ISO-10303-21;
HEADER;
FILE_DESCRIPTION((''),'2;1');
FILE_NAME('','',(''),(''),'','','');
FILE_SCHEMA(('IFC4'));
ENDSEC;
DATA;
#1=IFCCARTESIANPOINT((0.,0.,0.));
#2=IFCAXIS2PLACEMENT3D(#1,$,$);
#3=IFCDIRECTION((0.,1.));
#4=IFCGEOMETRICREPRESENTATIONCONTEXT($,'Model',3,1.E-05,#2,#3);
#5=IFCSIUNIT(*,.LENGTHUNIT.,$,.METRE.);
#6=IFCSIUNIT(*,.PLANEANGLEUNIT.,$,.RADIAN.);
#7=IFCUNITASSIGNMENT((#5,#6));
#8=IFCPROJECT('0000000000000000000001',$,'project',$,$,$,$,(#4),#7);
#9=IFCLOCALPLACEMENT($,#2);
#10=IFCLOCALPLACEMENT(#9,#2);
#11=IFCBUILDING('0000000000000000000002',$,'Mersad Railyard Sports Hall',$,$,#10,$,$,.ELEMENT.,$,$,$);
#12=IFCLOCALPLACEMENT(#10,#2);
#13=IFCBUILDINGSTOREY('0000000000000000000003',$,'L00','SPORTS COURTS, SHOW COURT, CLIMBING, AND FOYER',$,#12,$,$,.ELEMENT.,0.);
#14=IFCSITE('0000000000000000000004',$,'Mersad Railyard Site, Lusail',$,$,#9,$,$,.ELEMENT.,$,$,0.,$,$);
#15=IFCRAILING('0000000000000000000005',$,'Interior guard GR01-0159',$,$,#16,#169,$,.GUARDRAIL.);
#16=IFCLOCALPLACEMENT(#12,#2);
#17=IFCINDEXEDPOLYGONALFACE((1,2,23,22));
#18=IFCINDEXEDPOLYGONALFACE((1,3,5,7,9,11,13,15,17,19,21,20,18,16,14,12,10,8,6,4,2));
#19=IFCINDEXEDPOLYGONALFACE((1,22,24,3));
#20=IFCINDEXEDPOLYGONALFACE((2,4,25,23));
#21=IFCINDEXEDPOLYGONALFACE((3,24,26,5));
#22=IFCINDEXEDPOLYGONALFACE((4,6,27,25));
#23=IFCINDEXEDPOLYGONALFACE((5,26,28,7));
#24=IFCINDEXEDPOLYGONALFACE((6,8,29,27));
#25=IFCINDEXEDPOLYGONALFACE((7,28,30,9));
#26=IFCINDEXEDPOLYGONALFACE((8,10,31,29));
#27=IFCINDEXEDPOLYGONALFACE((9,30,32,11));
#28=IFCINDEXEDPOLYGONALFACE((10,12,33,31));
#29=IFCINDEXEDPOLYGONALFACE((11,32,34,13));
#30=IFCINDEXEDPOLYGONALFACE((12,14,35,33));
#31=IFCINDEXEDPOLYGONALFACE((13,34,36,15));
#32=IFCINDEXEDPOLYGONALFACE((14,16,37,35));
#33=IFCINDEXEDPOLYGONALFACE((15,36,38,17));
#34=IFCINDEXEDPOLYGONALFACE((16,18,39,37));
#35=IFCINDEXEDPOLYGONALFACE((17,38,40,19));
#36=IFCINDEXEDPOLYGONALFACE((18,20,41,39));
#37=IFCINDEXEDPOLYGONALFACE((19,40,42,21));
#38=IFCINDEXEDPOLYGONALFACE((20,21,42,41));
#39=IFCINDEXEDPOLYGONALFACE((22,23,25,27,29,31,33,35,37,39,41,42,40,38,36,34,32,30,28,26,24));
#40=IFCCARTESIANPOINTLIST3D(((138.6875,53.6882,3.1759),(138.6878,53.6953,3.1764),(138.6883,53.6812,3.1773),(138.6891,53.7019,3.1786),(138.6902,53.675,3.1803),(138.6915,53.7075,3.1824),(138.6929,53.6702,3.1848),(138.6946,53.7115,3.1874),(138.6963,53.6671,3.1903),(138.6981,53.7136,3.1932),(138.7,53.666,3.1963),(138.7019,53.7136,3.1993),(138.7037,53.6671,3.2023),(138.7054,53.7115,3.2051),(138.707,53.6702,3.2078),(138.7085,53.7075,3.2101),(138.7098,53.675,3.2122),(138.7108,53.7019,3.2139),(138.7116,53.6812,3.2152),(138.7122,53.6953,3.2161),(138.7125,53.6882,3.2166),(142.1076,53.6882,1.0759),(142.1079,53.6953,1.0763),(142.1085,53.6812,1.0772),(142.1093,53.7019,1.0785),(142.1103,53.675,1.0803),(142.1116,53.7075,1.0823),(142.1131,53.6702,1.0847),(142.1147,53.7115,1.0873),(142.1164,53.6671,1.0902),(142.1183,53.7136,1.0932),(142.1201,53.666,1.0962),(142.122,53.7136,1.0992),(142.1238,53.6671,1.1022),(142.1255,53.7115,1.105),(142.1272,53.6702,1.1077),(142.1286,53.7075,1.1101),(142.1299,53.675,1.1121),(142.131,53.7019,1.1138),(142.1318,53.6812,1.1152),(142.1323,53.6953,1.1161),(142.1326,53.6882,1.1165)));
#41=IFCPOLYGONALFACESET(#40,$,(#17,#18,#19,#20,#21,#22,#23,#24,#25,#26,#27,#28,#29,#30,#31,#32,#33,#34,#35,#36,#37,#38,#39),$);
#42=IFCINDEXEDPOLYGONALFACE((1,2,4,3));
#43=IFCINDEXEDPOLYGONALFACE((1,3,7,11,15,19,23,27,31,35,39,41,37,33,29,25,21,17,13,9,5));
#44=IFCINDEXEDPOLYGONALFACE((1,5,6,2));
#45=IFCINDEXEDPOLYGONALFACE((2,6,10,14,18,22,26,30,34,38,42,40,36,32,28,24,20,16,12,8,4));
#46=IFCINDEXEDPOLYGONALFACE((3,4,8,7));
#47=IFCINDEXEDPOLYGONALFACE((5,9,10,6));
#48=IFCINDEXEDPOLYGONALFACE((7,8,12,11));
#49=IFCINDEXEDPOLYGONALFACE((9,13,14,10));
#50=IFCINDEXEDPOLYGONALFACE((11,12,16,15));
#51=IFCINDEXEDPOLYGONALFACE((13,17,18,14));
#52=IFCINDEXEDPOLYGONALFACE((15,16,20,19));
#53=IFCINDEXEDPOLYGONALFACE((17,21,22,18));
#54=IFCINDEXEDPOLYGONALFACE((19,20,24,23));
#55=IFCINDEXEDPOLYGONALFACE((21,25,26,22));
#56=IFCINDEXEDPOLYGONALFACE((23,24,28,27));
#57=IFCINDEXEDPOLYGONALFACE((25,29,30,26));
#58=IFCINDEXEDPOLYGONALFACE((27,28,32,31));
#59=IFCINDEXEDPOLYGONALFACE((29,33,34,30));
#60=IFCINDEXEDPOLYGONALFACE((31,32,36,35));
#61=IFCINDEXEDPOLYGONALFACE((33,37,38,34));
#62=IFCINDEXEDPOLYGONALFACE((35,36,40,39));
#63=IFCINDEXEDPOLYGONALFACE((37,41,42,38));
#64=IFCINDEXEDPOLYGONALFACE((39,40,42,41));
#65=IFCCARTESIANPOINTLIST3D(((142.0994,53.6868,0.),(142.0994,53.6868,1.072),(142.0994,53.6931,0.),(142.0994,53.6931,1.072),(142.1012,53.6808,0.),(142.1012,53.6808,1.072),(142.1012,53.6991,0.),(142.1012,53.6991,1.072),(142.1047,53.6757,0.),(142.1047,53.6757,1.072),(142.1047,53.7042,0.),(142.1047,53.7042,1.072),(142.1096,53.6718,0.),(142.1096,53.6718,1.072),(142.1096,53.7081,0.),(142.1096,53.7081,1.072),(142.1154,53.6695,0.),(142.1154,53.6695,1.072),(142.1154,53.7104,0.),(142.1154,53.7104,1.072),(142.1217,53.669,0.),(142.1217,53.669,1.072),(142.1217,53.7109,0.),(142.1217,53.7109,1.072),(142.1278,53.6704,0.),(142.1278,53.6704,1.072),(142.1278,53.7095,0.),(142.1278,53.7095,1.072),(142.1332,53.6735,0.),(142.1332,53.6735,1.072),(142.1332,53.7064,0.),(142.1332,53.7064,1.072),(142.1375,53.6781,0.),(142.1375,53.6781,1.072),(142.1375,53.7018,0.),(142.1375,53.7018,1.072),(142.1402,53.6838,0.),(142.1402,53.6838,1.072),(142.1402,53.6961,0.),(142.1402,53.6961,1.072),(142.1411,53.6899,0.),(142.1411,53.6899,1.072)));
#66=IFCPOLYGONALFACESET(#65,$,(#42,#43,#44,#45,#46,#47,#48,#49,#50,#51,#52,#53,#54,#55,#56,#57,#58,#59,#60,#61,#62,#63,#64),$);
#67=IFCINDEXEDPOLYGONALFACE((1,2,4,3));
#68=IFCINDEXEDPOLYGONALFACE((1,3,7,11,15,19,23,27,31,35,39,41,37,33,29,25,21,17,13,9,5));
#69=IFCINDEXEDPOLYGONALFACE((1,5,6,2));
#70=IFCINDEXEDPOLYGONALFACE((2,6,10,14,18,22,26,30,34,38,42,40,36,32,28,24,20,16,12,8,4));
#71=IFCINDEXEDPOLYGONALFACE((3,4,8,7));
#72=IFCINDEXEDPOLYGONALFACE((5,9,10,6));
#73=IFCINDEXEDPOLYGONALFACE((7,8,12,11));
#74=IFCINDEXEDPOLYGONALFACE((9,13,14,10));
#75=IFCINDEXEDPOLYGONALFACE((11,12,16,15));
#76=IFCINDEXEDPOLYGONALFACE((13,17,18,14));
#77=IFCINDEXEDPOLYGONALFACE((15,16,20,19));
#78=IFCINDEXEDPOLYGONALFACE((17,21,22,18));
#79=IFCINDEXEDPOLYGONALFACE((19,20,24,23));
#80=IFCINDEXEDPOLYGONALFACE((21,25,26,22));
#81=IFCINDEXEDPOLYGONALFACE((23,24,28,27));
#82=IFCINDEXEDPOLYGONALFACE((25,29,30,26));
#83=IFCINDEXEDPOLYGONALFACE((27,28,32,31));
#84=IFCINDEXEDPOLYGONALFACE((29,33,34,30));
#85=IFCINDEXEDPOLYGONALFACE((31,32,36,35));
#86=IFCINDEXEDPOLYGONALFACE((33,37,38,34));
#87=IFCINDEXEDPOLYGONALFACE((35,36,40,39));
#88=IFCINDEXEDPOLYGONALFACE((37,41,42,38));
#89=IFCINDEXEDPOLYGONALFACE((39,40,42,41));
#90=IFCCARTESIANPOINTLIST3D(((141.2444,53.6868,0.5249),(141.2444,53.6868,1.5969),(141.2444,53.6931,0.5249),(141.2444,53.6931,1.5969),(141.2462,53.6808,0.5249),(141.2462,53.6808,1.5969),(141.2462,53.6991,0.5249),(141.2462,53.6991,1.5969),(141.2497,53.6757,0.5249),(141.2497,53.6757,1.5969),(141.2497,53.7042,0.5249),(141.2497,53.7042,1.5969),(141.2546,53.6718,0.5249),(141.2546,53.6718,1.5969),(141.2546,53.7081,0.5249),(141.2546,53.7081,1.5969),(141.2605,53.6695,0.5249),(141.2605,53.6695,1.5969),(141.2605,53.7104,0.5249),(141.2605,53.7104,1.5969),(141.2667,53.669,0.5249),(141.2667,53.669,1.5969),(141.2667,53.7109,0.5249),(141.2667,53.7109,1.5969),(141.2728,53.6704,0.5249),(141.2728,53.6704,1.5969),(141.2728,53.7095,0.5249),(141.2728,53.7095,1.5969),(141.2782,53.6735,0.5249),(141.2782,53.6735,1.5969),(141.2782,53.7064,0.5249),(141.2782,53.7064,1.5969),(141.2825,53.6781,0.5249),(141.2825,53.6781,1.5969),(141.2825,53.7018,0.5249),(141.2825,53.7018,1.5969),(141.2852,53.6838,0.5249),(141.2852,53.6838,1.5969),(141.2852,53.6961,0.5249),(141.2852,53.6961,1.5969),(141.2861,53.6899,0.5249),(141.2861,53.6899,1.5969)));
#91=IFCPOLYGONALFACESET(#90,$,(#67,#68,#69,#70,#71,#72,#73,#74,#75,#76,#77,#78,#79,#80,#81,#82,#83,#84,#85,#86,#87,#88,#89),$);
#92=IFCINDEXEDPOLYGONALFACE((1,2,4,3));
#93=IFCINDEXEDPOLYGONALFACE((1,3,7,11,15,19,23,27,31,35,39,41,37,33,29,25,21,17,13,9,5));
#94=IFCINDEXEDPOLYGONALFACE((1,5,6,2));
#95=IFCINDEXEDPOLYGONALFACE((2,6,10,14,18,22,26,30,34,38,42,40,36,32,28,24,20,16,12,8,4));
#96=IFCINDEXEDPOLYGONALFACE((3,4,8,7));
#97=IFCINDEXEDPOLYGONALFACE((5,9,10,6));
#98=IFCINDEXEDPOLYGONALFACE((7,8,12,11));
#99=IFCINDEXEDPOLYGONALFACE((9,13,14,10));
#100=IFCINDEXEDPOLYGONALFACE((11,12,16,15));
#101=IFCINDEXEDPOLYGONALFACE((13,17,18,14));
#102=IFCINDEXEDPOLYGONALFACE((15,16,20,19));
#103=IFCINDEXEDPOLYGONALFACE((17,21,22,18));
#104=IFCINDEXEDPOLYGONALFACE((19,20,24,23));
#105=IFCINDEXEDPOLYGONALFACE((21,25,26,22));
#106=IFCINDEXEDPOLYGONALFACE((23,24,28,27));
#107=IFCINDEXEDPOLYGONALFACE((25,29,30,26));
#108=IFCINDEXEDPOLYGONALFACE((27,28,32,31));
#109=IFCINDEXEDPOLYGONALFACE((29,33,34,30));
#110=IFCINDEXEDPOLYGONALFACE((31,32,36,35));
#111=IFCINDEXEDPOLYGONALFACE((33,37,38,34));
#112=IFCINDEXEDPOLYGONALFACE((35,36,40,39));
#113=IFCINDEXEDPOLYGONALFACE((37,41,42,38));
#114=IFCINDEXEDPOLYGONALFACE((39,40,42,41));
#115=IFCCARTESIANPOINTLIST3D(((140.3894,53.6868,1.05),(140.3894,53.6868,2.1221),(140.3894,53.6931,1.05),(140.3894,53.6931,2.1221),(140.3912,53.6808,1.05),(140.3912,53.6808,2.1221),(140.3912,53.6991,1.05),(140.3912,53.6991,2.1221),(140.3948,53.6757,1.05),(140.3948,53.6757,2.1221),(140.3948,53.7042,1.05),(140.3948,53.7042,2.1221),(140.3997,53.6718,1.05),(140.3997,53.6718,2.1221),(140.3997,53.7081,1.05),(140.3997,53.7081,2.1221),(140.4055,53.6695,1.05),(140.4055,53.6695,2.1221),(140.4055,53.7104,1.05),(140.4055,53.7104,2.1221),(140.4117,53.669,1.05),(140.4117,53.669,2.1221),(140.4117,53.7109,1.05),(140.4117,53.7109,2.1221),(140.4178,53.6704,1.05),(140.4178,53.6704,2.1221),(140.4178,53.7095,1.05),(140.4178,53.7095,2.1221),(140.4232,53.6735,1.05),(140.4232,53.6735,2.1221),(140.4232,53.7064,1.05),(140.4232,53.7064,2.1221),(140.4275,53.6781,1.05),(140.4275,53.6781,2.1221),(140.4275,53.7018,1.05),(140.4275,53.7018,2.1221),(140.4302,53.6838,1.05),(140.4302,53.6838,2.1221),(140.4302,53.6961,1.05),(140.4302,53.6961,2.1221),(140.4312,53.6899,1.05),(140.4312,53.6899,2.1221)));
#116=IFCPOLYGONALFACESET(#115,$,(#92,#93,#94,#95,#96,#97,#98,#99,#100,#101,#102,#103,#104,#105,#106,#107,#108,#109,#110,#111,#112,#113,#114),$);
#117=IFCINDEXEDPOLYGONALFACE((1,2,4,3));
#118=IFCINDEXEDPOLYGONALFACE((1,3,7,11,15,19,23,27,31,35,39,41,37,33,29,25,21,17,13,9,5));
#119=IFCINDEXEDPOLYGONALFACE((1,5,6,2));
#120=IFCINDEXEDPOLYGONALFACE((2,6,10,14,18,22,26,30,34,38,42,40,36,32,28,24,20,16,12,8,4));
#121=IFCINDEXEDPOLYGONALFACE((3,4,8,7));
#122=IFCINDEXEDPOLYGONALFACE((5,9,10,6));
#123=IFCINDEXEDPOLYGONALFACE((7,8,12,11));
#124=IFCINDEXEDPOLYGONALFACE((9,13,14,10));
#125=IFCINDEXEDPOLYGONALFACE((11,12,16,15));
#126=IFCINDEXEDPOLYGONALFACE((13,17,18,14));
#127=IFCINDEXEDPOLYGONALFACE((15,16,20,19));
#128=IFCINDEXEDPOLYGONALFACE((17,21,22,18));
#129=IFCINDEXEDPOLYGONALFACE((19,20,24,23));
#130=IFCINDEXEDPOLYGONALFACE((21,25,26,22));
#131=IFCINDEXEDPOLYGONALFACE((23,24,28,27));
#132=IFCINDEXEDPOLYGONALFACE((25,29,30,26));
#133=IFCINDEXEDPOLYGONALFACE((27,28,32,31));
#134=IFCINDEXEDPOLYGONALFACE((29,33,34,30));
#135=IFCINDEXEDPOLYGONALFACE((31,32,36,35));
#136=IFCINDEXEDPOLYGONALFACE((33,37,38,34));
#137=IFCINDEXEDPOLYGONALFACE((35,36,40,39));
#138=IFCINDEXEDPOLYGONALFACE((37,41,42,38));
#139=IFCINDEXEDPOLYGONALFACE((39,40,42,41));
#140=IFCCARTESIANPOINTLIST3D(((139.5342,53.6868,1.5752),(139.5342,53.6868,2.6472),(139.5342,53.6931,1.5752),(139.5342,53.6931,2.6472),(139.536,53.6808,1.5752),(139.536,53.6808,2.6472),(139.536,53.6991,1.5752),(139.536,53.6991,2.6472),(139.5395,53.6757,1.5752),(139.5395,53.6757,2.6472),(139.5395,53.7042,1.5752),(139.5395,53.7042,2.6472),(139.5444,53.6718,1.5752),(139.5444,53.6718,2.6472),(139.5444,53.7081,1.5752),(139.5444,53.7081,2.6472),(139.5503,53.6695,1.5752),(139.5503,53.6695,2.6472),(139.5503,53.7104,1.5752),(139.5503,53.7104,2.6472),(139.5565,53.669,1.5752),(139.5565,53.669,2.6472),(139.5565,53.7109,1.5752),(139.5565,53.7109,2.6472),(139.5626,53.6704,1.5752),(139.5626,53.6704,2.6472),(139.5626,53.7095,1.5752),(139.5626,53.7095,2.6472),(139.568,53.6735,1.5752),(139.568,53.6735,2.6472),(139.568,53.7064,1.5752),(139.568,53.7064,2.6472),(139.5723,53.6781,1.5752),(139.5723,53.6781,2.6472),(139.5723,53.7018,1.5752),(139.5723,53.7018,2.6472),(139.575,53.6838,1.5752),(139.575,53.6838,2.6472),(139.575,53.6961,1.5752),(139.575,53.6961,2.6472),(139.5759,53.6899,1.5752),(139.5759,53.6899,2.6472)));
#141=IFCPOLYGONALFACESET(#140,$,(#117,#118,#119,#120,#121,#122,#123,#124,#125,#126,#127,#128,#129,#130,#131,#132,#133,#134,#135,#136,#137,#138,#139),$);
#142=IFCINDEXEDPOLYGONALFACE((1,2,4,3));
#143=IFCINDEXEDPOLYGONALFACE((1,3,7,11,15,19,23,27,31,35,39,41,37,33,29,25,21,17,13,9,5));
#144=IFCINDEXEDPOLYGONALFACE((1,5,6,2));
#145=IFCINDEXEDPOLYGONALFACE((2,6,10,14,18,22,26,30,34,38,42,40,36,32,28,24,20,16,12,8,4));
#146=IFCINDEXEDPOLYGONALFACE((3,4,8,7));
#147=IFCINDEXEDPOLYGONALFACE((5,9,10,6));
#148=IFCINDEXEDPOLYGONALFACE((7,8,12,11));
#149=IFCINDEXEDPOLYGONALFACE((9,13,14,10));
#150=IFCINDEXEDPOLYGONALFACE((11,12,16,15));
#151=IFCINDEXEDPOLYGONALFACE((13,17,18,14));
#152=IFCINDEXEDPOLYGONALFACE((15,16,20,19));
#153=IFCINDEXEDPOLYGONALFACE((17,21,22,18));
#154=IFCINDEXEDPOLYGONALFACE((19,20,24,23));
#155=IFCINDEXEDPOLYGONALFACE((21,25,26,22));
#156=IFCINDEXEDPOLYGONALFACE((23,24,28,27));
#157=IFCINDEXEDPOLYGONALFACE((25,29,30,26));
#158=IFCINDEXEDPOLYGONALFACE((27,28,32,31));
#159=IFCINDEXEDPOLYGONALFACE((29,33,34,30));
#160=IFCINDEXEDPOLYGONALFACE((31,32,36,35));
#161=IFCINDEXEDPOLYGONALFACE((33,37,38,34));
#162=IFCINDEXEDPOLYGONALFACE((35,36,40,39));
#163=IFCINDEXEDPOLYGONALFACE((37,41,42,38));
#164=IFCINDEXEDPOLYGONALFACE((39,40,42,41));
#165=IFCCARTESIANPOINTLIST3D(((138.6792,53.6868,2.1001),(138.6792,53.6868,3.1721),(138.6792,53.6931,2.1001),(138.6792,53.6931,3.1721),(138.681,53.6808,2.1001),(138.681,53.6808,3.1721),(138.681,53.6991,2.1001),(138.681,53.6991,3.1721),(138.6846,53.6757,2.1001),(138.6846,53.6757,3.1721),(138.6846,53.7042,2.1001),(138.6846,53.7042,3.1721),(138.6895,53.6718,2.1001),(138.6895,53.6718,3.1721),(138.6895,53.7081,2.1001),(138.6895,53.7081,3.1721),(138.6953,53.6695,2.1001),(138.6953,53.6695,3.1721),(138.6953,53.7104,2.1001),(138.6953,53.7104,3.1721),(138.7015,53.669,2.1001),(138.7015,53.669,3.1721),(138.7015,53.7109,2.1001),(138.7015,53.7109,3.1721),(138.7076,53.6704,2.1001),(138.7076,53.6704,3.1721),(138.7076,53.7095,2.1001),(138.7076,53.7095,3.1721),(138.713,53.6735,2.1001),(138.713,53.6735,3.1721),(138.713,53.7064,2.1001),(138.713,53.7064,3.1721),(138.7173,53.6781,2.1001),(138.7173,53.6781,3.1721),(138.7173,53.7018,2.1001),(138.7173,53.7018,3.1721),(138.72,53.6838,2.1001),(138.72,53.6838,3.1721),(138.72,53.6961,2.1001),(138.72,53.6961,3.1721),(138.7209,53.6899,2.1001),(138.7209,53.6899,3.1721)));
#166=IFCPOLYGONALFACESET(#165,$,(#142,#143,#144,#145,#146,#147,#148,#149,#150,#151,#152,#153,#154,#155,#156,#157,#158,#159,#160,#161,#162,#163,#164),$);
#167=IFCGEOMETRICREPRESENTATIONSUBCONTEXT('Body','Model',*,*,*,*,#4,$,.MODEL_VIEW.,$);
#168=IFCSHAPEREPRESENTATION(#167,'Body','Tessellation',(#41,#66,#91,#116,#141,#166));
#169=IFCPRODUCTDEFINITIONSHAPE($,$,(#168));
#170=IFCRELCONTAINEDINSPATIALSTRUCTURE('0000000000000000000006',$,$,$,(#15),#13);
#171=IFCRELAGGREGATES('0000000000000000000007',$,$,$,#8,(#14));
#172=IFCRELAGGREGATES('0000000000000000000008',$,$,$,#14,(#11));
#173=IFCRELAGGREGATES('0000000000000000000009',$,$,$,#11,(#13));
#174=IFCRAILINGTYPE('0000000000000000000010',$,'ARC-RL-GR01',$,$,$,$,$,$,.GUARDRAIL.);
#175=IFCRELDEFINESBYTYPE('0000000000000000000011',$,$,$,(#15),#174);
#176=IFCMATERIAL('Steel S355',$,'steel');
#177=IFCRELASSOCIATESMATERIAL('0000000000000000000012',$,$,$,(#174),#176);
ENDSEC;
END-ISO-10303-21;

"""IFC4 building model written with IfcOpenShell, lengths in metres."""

from ifc_helpers import new_model, si_unit, direction, frame, origin, origin_2d, place, context, subcontext, project, spatial, circle, extrude, material, type_object, element, save


model = new_model("IFC4")

# Units and contexts
model_context = context("Model", 3, precision=1e-05, world=origin(), true_north=direction((0.0, 1.0)))
body_context = subcontext(model_context, "Body", "Model", "MODEL_VIEW")
ifc_project = project(units=[si_unit("LENGTHUNIT", "METRE"), si_unit("PLANEANGLEUNIT", "RADIAN")], contexts=[model_context])

# Site, building, storey
site_placement = place(None, origin())
site = spatial("IfcSite", under=ifc_project, at=site_placement, Name="Mersad Railyard Site, Lusail", CompositionType="ELEMENT", RefElevation=0.0)
building_placement = place(site_placement, origin())
building = spatial("IfcBuilding", under=site, at=building_placement, Name="Mersad Railyard Sports Hall", CompositionType="ELEMENT")
storey_placement = place(building_placement, origin())
storey = spatial("IfcBuildingStorey", under=building, at=storey_placement, Name="L00", Description="SPORTS COURTS, SHOW COURT, CLIMBING, AND FOYER", CompositionType="ELEMENT", Elevation=0.0)

# Railing
ifc_material_1 = material(Name="Steel S355", Category="steel")
railing_type = type_object("IfcRailingType", Name="ARC-RL-GR01", PredefinedType="GUARDRAIL", material=ifc_material_1)
railing_1_placement = place(storey_placement, frame((142.1201, 53.6899, 0.0)))
element("IfcRailing", 1, at=railing_1_placement, inside=storey, type_object=railing_type, Name="Interior guard GR01-0159", PredefinedType="GUARDRAIL", context=body_context, shape_type="SweptSolid", body=[
    extrude(circle(Radius=0.0239, at=origin_2d()), frame((0.0, 0.0, 1.0962), z_axis=(-0.852172, 0.0, 0.523262), x_axis=(0.0, -1.0, 0.0)), (0.0, 0.0, 1.0), 4.0134),
    extrude(circle(Radius=0.021, at=origin_2d()), origin(), (0.0, 0.0, 1.0), 1.072),
    extrude(circle(Radius=0.021, at=origin_2d()), frame((-0.855, 0.0, 0.5249)), (0.0, 0.0, 1.0), 1.072),
    extrude(circle(Radius=0.021, at=origin_2d()), frame((-1.71, 0.0, 1.05)), (0.0, 0.0, 1.0), 1.072),
    extrude(circle(Radius=0.021, at=origin_2d()), frame((-2.5652, 0.0, 1.5752)), (0.0, 0.0, 1.0), 1.072),
    extrude(circle(Radius=0.021, at=origin_2d()), frame((-3.4202, 0.0, 2.1001)), (0.0, 0.0, 1.0), 1.072),
])

save(model, "model.ifc")
